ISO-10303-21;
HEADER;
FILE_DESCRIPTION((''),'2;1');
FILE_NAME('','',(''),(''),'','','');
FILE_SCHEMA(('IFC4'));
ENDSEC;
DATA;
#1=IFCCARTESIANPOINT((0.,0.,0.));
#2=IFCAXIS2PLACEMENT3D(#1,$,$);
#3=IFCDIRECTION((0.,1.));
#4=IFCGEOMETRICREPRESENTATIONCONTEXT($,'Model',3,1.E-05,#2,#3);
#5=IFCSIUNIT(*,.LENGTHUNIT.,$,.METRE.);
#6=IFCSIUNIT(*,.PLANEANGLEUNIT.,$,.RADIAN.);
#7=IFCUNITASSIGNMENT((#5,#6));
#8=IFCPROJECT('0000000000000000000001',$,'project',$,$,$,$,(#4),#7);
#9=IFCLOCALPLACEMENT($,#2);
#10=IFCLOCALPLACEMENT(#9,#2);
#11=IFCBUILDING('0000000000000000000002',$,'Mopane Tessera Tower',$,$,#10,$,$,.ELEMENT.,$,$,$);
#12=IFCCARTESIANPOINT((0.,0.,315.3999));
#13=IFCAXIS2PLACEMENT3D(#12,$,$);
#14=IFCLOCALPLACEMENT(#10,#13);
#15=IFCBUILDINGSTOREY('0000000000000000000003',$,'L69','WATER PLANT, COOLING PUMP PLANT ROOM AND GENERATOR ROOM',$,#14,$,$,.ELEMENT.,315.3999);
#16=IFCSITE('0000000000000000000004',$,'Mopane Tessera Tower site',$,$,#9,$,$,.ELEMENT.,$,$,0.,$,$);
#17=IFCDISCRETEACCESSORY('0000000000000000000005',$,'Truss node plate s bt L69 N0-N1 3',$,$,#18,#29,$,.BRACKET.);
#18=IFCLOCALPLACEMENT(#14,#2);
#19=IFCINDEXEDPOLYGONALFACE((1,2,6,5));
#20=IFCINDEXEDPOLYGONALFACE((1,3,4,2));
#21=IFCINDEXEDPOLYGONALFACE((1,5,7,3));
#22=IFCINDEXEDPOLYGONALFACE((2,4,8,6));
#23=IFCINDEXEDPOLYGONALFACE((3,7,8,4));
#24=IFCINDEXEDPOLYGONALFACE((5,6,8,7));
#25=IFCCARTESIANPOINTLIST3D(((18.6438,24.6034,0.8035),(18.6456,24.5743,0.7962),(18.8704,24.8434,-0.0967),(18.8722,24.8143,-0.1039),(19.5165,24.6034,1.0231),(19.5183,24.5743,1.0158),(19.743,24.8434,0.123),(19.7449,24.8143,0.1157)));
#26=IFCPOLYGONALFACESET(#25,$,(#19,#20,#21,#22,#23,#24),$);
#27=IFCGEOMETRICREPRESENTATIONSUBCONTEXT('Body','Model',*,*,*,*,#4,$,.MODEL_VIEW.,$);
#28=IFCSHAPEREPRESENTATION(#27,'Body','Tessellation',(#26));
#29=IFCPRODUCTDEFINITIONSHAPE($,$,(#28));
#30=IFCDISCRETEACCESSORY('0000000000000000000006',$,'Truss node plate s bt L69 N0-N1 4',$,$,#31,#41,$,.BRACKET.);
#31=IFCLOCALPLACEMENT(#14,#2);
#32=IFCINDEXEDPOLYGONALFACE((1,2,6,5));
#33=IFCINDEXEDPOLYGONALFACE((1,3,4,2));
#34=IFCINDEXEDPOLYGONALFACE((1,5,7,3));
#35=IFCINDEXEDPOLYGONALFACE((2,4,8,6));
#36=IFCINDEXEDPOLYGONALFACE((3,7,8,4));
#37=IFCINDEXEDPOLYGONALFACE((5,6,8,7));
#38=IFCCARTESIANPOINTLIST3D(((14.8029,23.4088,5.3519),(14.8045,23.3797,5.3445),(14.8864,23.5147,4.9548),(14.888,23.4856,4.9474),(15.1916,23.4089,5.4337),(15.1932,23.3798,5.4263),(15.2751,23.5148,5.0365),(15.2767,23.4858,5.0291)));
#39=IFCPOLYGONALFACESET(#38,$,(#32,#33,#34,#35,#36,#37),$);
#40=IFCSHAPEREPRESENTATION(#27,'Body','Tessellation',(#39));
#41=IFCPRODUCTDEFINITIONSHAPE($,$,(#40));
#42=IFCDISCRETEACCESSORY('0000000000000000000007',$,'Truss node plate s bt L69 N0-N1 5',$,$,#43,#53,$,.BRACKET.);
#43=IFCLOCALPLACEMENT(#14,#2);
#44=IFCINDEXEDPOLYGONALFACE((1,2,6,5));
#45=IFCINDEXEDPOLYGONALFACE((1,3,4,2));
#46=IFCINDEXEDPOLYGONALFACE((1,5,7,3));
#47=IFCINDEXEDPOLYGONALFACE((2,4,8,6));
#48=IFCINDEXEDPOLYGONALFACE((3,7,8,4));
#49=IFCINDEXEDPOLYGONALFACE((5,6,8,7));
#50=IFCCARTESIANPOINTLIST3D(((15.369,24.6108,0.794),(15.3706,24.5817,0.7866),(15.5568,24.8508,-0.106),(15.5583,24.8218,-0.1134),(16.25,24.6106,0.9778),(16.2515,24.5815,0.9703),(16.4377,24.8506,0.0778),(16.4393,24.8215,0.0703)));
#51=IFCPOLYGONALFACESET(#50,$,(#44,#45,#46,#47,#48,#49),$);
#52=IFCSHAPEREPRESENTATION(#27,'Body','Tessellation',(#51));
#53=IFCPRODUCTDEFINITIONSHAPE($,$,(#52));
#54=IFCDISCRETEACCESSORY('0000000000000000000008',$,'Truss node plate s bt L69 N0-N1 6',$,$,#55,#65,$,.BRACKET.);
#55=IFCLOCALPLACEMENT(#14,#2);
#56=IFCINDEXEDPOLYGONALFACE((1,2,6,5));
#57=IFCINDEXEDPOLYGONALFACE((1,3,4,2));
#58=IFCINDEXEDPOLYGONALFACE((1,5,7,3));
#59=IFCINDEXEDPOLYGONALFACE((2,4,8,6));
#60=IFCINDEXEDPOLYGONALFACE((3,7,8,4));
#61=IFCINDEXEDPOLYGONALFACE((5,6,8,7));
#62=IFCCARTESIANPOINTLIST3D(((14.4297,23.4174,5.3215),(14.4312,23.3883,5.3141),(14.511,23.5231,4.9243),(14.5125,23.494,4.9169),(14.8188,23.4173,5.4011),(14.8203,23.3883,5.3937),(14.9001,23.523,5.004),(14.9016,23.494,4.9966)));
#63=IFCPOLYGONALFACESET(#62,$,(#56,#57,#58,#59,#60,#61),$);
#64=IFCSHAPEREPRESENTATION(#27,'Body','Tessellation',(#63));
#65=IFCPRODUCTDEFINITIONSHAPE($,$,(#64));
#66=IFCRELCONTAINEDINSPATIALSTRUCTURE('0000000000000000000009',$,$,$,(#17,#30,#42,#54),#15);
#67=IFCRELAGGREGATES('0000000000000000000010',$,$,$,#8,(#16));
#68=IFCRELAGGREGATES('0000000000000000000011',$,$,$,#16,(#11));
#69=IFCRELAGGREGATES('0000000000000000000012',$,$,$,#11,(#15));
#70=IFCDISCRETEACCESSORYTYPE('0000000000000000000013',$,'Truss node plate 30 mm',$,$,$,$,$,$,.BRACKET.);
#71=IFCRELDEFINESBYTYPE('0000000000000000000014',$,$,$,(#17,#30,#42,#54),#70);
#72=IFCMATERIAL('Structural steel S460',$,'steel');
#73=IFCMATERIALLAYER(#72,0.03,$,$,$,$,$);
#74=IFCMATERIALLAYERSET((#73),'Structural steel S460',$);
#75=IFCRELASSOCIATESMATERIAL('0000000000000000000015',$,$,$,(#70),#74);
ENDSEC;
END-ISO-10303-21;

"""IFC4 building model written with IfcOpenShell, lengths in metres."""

from ifc_helpers import new_model, si_unit, direction, frame, origin, origin_2d, place, context, subcontext, project, spatial, rectangle, extrude, material, layer, layer_set, type_object, element, save


model = new_model("IFC4")

# Units and contexts
model_context = context("Model", 3, precision=1e-05, world=origin(), true_north=direction((0.0, 1.0)))
body_context = subcontext(model_context, "Body", "Model", "MODEL_VIEW")
ifc_project = project(units=[si_unit("LENGTHUNIT", "METRE"), si_unit("PLANEANGLEUNIT", "RADIAN")], contexts=[model_context])

# Site, building, storey
site_placement = place(None, origin())
site = spatial("IfcSite", under=ifc_project, at=site_placement, Name="Mopane Tessera Tower site", CompositionType="ELEMENT", RefElevation=0.0)
building_placement = place(site_placement, origin())
building = spatial("IfcBuilding", under=site, at=building_placement, Name="Mopane Tessera Tower", CompositionType="ELEMENT")
storey_placement = place(building_placement, frame((0.0, 0.0, 315.3999)))
storey = spatial("IfcBuildingStorey", under=building, at=storey_placement, Name="L69", Description="WATER PLANT, COOLING PUMP PLANT ROOM AND GENERATOR ROOM", CompositionType="ELEMENT", Elevation=315.3999)

# Discrete accessories
ifc_material_1 = material(Name="Structural steel S460", Category="steel")
ifc_layer_1 = layer(ifc_material_1, 0.03)
ifc_layer_set_1 = layer_set([ifc_layer_1], Name="Structural steel S460")
discrete_accessory_type_1 = type_object("IfcDiscreteAccessoryType", Name="Truss node plate 30 mm", PredefinedType="BRACKET", material=ifc_layer_set_1)
discrete_accessory_1_placement = place(storey_placement, frame((19.3076, 24.8289, 0.0095), z_axis=(-0.236312, -0.250317, 0.938881), x_axis=(0.061068, -0.968164, -0.242754)))
element("IfcDiscreteAccessory", 1, at=discrete_accessory_1_placement, inside=storey, type_object=discrete_accessory_type_1, Name="Truss node plate s bt L69 N0-N1 3", PredefinedType="BRACKET", context=body_context, shape_type="SweptSolid", body=[
    extrude(rectangle(XDim=0.03, YDim=0.8999, at=origin_2d()), origin(), (0.0, 0.0, 1.0), 0.9587),
])
discrete_accessory_2_placement = place(storey_placement, frame((15.0815, 23.5002, 4.9919), z_axis=(-0.199037, -0.25258, 0.946883), x_axis=(0.052317, -0.967576, -0.247102)))
element("IfcDiscreteAccessory", 2, at=discrete_accessory_2_placement, inside=storey, type_object=discrete_accessory_type_1, Name="Truss node plate s bt L69 N0-N1 4", PredefinedType="BRACKET", context=body_context, shape_type="SweptSolid", body=[
    extrude(rectangle(XDim=0.03, YDim=0.3972, at=origin_2d()), origin(), (0.0, 0.0, 1.0), 0.4194),
])
discrete_accessory_3_placement = place(storey_placement, frame((15.998, 24.8362, -0.0178), z_axis=(-0.197607, -0.252598, 0.947178), x_axis=(0.051335, -0.967571, -0.247327)))
element("IfcDiscreteAccessory", 3, at=discrete_accessory_3_placement, inside=storey, type_object=discrete_accessory_type_1, Name="Truss node plate s bt L69 N0-N1 5", PredefinedType="BRACKET", context=body_context, shape_type="SweptSolid", body=[
    extrude(rectangle(XDim=0.03, YDim=0.8999, at=origin_2d()), origin(), (0.0, 0.0, 1.0), 0.9502),
])
discrete_accessory_4_placement = place(storey_placement, frame((14.7063, 23.5085, 4.9604), z_axis=(-0.194028, -0.252295, 0.947998), x_axis=(0.050428, -0.96765, -0.247204)))
element("IfcDiscreteAccessory", 4, at=discrete_accessory_4_placement, inside=storey, type_object=discrete_accessory_type_1, Name="Truss node plate s bt L69 N0-N1 6", PredefinedType="BRACKET", context=body_context, shape_type="SweptSolid", body=[
    extrude(rectangle(XDim=0.03, YDim=0.3972, at=origin_2d()), origin(), (0.0, 0.0, 1.0), 0.4189),
])

save(model, "model.ifc")
